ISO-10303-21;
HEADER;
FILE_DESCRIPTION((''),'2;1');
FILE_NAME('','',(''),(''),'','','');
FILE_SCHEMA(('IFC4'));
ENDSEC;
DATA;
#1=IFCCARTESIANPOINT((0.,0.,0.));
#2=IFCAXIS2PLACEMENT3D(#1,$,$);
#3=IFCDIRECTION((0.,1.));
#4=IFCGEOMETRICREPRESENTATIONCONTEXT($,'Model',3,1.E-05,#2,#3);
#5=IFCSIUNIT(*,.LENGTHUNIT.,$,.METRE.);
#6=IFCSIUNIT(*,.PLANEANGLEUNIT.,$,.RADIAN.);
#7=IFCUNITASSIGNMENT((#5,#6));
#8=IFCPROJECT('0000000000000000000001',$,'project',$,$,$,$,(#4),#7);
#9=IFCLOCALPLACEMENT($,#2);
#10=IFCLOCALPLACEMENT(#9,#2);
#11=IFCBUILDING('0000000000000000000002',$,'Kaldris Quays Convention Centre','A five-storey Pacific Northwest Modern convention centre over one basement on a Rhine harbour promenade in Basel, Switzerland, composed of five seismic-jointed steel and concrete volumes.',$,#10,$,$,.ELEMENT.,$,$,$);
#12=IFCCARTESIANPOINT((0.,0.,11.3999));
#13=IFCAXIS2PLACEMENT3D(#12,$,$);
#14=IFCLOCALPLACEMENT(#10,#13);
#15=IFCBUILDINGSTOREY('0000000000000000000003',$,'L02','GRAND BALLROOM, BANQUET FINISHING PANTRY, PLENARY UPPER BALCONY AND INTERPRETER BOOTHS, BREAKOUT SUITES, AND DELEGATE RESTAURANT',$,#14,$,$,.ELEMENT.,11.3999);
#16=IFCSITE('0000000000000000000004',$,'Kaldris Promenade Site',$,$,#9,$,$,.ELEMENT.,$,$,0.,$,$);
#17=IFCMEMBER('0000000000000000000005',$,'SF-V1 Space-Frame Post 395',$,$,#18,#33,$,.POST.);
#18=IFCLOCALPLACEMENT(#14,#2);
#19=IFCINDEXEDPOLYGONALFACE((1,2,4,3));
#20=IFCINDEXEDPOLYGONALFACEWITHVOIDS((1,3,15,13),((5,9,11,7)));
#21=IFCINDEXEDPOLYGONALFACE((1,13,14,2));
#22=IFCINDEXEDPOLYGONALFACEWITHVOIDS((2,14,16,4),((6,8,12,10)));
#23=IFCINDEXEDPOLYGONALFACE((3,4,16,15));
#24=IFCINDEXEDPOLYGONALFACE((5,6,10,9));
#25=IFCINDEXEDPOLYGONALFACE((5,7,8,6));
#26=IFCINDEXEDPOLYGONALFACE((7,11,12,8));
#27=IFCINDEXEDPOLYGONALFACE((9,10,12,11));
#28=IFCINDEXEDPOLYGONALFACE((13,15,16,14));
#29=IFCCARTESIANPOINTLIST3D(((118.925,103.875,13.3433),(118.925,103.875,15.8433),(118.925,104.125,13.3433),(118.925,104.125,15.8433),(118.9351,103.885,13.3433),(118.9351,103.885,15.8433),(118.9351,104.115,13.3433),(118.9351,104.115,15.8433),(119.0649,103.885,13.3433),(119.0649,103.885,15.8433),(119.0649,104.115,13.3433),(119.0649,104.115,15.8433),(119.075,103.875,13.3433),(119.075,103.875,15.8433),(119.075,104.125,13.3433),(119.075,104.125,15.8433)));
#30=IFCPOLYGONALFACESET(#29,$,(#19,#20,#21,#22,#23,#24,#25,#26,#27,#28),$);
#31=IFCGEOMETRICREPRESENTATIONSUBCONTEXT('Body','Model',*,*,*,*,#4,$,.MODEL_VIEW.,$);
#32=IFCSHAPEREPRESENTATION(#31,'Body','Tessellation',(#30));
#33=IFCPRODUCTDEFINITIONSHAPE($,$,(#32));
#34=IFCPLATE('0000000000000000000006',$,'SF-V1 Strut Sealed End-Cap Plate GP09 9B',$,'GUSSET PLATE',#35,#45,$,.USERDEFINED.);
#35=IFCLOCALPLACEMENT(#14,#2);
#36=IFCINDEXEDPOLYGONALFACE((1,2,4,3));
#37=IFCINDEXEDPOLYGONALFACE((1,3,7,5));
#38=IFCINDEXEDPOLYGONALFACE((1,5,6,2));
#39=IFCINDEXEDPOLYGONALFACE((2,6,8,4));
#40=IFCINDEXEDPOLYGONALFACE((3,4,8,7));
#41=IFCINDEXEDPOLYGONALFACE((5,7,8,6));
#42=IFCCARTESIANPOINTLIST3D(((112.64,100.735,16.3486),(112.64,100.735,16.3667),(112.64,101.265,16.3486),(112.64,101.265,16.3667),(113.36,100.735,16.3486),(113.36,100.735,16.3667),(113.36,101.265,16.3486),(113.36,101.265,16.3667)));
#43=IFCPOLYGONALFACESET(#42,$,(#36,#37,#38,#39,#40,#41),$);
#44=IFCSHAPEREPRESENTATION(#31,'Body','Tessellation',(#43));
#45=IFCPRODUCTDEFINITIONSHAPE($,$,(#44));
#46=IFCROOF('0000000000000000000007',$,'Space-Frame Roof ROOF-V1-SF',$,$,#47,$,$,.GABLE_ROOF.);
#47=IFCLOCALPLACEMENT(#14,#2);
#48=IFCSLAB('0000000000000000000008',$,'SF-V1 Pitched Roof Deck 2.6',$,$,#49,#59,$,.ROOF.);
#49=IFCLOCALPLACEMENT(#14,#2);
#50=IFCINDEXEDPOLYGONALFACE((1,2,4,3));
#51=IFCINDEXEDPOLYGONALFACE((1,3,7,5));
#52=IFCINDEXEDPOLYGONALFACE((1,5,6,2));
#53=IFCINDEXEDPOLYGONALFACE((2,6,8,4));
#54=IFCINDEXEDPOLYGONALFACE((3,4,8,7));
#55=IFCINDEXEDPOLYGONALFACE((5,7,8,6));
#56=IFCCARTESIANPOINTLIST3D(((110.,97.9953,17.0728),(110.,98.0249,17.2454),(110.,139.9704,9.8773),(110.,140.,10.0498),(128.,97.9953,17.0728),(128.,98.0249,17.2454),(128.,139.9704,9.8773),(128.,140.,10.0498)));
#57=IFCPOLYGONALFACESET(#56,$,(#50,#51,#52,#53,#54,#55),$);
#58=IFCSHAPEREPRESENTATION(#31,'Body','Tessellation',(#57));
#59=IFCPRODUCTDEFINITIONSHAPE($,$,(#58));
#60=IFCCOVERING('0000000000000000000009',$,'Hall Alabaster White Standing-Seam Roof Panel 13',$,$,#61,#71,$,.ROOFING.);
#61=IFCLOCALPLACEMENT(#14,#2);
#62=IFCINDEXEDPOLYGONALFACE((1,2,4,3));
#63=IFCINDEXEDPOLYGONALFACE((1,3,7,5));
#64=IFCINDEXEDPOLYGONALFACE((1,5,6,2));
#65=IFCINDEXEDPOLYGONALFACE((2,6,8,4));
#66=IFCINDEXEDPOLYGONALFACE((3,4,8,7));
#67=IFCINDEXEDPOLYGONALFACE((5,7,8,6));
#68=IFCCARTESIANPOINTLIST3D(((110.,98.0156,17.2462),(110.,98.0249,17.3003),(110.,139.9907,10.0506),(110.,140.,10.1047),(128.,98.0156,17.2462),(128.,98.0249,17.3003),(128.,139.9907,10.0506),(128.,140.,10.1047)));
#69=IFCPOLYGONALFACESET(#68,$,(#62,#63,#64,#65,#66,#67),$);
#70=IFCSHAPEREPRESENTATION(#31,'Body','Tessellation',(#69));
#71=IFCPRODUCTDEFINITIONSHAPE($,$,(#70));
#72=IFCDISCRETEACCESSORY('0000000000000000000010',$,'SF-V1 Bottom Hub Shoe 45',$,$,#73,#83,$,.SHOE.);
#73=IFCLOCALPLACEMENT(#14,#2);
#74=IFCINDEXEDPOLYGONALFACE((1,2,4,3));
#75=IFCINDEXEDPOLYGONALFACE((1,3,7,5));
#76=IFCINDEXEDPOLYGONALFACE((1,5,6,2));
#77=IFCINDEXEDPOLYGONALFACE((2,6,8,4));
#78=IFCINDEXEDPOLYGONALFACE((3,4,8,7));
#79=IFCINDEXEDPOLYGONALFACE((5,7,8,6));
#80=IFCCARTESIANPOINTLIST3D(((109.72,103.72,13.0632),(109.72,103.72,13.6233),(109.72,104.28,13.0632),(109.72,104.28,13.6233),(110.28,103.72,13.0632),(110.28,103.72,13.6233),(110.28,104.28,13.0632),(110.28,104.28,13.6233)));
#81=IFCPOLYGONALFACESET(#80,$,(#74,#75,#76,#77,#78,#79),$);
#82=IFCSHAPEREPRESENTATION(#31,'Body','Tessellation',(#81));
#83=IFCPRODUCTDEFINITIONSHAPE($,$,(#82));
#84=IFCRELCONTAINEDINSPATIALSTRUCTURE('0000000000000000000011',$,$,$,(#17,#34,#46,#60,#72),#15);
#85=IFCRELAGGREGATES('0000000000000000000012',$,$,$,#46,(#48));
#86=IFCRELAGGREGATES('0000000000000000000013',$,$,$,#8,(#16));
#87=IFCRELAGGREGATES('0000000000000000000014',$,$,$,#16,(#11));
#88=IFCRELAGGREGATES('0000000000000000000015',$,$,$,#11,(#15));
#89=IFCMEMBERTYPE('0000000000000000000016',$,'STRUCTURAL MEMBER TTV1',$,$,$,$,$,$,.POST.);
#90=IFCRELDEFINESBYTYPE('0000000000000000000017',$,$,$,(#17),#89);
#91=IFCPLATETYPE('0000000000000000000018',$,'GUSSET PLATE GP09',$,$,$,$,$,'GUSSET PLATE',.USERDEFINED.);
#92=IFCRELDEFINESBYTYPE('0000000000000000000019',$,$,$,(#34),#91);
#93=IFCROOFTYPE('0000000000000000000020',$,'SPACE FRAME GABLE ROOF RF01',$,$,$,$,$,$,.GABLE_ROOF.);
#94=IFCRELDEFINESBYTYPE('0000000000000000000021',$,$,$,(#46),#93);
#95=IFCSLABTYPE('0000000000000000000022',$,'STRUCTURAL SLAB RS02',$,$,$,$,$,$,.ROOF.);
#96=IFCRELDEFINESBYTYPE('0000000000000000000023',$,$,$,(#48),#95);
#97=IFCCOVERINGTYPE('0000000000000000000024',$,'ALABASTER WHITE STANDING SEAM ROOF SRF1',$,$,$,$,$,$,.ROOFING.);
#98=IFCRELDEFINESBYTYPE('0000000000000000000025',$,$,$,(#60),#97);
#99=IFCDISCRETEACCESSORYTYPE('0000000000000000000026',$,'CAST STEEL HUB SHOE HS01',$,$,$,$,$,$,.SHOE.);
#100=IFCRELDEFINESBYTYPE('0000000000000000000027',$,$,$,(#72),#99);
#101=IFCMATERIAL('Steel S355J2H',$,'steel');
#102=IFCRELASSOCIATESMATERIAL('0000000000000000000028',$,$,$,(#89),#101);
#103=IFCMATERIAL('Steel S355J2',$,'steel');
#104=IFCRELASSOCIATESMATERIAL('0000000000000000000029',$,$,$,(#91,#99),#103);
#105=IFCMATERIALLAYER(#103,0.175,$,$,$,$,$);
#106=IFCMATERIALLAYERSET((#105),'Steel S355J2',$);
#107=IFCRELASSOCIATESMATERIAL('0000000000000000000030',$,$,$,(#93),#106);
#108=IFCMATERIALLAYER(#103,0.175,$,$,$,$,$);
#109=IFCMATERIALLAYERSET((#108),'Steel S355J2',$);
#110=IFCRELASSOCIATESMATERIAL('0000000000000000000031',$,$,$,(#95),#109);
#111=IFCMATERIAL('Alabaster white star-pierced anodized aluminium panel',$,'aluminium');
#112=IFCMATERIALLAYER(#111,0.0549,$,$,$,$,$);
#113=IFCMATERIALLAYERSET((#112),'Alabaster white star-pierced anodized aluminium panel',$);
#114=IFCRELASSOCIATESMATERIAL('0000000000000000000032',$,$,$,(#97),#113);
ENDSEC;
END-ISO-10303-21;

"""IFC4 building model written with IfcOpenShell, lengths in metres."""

from ifc_helpers import new_model, si_unit, direction, frame, origin, origin_2d, place, context, subcontext, project, spatial, polyline, rectangle, hollow_rectangle, outline, extrude, material, layer, layer_set, material_profile, profile_set, type_object, element, aggregate, save


model = new_model("IFC4")

# Units and contexts
model_context = context("Model", 3, precision=1e-05, world=origin(), true_north=direction((0.0, 1.0)))
body_context = subcontext(model_context, "Body", "Model", "MODEL_VIEW")
ifc_project = project(units=[si_unit("LENGTHUNIT", "METRE"), si_unit("PLANEANGLEUNIT", "RADIAN")], contexts=[model_context])

# Site, building, storey
site_placement = place(None, origin())
site = spatial("IfcSite", under=ifc_project, at=site_placement, Name="Kaldris Promenade Site", CompositionType="ELEMENT", RefElevation=0.0)
building_placement = place(site_placement, origin())
building = spatial("IfcBuilding", under=site, at=building_placement, Name="Kaldris Quays Convention Centre", Description="A five-storey Pacific Northwest Modern convention centre over one basement on a Rhine harbour promenade in Basel, Switzerland, composed of five seismic-jointed steel and concrete volumes.", CompositionType="ELEMENT")
storey_placement = place(building_placement, frame((0.0, 0.0, 11.3999)))
storey = spatial("IfcBuildingStorey", under=building, at=storey_placement, Name="L02", Description="GRAND BALLROOM, BANQUET FINISHING PANTRY, PLENARY UPPER BALCONY AND INTERPRETER BOOTHS, BREAKOUT SUITES, AND DELEGATE RESTAURANT", CompositionType="ELEMENT", Elevation=11.3999)

# Member
ifc_material_1 = material(Name="Steel S355J2H", Category="steel")
ifc_material_profile_1 = material_profile(ifc_material_1, hollow_rectangle(XDim=0.1499, YDim=0.25, WallThickness=0.01, at=origin_2d()), Name="RHS 250x150x10")
ifc_profile_set_1 = profile_set([ifc_material_profile_1], Name="Steel S355J2H")
member_type_1 = type_object("IfcMemberType", Name="STRUCTURAL MEMBER TTV1", PredefinedType="POST", material=ifc_profile_set_1)
for number, where, z_axis, x_axis, name in (
    (1, (119.0, 104.0, 13.3433), (0.0, 0.0, 1.0), (1.0, 0.0, 0.0), "SF-V1 Space-Frame Post 395"),
):
    element("IfcMember", number, at=place(storey_placement, frame(where, z_axis=z_axis, x_axis=x_axis)), inside=storey, type_object=member_type_1, Name=name, PredefinedType="POST", context=body_context, shape_type="SweptSolid", body=[
        extrude(hollow_rectangle(XDim=0.1499, YDim=0.25, WallThickness=0.01, at=origin_2d()), origin(), (0.0, 0.0, 1.0), 2.5),
    ])

# Plate
ifc_material_2 = material(Name="Steel S355J2", Category="steel")
plate_type = type_object("IfcPlateType", Name="GUSSET PLATE GP09", ElementType="GUSSET PLATE", PredefinedType="USERDEFINED", material=ifc_material_2)
plate_placement = place(storey_placement, frame((113.0, 101.0, 16.3486), z_axis=(0.0, 0.0, 1.0), x_axis=(1.0, 0.0, 0.0)))
element("IfcPlate", 2, at=plate_placement, inside=storey, type_object=plate_type, Name="SF-V1 Strut Sealed End-Cap Plate GP09 9B", ObjectType="GUSSET PLATE", PredefinedType="USERDEFINED", context=body_context, shape_type="SweptSolid", body=[
    extrude(rectangle(XDim=0.72, YDim=0.53, at=origin_2d()), origin(), (0.0, 0.0, 1.0), 0.0181),
])

# Roof, slab
ifc_layer_1 = layer(ifc_material_2, 0.175)
ifc_layer_set_1 = layer_set([ifc_layer_1], Name="Steel S355J2")
roof_type = type_object("IfcRoofType", Name="SPACE FRAME GABLE ROOF RF01", PredefinedType="GABLE_ROOF", material=ifc_layer_set_1)
roof_placement = place(storey_placement, origin())
roof = element("IfcRoof", 3, at=roof_placement, inside=storey, type_object=roof_type, Name="Space-Frame Roof ROOF-V1-SF", PredefinedType="GABLE_ROOF")
ifc_layer_2 = layer(ifc_material_2, 0.175)
ifc_layer_set_2 = layer_set([ifc_layer_2], Name="Steel S355J2")
slab_type = type_object("IfcSlabType", Name="STRUCTURAL SLAB RS02", PredefinedType="ROOF", material=ifc_layer_set_2)
slab_placement = place(storey_placement, frame((110.0, 98.0249, 17.2454), z_axis=(0.0, 0.16896, 0.985623), x_axis=(1.0, 0.0, 0.0)))
slab = element("IfcSlab", 4, at=slab_placement, type_object=slab_type, Name="SF-V1 Pitched Roof Deck 2.6", PredefinedType="ROOF", context=body_context, shape_type="SweptSolid", body=[
    extrude(outline(polyline([(0.0, 0.0), (18.0, 0.0), (18.0, 42.5874), (0.0, 42.5874), (0.0, 0.0)])), origin(), (0.0, 0.0, -1.0), 0.175),
])
aggregate(roof, [slab])

# Covering
ifc_material_3 = material(Name="Alabaster white star-pierced anodized aluminium panel", Category="aluminium")
ifc_layer_3 = layer(ifc_material_3, 0.0549)
ifc_layer_set_3 = layer_set([ifc_layer_3], Name="Alabaster white star-pierced anodized aluminium panel")
covering_type = type_object("IfcCoveringType", Name="ALABASTER WHITE STANDING SEAM ROOF SRF1", PredefinedType="ROOFING", material=ifc_layer_set_3)
covering_placement = place(storey_placement, frame((110.0, 98.0249, 17.3003), z_axis=(0.0, 0.16896, 0.985623), x_axis=(1.0, 0.0, 0.0)))
element("IfcCovering", 5, at=covering_placement, inside=storey, type_object=covering_type, Name="Hall Alabaster White Standing-Seam Roof Panel 13", PredefinedType="ROOFING", context=body_context, shape_type="SweptSolid", body=[
    extrude(outline(polyline([(0.0, 0.0), (18.0, 0.0), (18.0, 42.5874), (0.0, 42.5874), (0.0, 0.0)])), origin(), (0.0, 0.0, -1.0), 0.0549),
])

# Discrete accessory
discrete_accessory_type = type_object("IfcDiscreteAccessoryType", Name="CAST STEEL HUB SHOE HS01", PredefinedType="SHOE", material=ifc_material_2)
discrete_accessory_placement = place(storey_placement, frame((110.0, 104.0, 13.0632), z_axis=(0.0, 0.0, 1.0), x_axis=(1.0, 0.0, 0.0)))
element("IfcDiscreteAccessory", 6, at=discrete_accessory_placement, inside=storey, type_object=discrete_accessory_type, Name="SF-V1 Bottom Hub Shoe 45", PredefinedType="SHOE", context=body_context, shape_type="SweptSolid", body=[
    extrude(rectangle(XDim=0.5601, YDim=0.5601, at=origin_2d()), origin(), (0.0, 0.0, 1.0), 0.5601),
])

save(model, "model.ifc")
